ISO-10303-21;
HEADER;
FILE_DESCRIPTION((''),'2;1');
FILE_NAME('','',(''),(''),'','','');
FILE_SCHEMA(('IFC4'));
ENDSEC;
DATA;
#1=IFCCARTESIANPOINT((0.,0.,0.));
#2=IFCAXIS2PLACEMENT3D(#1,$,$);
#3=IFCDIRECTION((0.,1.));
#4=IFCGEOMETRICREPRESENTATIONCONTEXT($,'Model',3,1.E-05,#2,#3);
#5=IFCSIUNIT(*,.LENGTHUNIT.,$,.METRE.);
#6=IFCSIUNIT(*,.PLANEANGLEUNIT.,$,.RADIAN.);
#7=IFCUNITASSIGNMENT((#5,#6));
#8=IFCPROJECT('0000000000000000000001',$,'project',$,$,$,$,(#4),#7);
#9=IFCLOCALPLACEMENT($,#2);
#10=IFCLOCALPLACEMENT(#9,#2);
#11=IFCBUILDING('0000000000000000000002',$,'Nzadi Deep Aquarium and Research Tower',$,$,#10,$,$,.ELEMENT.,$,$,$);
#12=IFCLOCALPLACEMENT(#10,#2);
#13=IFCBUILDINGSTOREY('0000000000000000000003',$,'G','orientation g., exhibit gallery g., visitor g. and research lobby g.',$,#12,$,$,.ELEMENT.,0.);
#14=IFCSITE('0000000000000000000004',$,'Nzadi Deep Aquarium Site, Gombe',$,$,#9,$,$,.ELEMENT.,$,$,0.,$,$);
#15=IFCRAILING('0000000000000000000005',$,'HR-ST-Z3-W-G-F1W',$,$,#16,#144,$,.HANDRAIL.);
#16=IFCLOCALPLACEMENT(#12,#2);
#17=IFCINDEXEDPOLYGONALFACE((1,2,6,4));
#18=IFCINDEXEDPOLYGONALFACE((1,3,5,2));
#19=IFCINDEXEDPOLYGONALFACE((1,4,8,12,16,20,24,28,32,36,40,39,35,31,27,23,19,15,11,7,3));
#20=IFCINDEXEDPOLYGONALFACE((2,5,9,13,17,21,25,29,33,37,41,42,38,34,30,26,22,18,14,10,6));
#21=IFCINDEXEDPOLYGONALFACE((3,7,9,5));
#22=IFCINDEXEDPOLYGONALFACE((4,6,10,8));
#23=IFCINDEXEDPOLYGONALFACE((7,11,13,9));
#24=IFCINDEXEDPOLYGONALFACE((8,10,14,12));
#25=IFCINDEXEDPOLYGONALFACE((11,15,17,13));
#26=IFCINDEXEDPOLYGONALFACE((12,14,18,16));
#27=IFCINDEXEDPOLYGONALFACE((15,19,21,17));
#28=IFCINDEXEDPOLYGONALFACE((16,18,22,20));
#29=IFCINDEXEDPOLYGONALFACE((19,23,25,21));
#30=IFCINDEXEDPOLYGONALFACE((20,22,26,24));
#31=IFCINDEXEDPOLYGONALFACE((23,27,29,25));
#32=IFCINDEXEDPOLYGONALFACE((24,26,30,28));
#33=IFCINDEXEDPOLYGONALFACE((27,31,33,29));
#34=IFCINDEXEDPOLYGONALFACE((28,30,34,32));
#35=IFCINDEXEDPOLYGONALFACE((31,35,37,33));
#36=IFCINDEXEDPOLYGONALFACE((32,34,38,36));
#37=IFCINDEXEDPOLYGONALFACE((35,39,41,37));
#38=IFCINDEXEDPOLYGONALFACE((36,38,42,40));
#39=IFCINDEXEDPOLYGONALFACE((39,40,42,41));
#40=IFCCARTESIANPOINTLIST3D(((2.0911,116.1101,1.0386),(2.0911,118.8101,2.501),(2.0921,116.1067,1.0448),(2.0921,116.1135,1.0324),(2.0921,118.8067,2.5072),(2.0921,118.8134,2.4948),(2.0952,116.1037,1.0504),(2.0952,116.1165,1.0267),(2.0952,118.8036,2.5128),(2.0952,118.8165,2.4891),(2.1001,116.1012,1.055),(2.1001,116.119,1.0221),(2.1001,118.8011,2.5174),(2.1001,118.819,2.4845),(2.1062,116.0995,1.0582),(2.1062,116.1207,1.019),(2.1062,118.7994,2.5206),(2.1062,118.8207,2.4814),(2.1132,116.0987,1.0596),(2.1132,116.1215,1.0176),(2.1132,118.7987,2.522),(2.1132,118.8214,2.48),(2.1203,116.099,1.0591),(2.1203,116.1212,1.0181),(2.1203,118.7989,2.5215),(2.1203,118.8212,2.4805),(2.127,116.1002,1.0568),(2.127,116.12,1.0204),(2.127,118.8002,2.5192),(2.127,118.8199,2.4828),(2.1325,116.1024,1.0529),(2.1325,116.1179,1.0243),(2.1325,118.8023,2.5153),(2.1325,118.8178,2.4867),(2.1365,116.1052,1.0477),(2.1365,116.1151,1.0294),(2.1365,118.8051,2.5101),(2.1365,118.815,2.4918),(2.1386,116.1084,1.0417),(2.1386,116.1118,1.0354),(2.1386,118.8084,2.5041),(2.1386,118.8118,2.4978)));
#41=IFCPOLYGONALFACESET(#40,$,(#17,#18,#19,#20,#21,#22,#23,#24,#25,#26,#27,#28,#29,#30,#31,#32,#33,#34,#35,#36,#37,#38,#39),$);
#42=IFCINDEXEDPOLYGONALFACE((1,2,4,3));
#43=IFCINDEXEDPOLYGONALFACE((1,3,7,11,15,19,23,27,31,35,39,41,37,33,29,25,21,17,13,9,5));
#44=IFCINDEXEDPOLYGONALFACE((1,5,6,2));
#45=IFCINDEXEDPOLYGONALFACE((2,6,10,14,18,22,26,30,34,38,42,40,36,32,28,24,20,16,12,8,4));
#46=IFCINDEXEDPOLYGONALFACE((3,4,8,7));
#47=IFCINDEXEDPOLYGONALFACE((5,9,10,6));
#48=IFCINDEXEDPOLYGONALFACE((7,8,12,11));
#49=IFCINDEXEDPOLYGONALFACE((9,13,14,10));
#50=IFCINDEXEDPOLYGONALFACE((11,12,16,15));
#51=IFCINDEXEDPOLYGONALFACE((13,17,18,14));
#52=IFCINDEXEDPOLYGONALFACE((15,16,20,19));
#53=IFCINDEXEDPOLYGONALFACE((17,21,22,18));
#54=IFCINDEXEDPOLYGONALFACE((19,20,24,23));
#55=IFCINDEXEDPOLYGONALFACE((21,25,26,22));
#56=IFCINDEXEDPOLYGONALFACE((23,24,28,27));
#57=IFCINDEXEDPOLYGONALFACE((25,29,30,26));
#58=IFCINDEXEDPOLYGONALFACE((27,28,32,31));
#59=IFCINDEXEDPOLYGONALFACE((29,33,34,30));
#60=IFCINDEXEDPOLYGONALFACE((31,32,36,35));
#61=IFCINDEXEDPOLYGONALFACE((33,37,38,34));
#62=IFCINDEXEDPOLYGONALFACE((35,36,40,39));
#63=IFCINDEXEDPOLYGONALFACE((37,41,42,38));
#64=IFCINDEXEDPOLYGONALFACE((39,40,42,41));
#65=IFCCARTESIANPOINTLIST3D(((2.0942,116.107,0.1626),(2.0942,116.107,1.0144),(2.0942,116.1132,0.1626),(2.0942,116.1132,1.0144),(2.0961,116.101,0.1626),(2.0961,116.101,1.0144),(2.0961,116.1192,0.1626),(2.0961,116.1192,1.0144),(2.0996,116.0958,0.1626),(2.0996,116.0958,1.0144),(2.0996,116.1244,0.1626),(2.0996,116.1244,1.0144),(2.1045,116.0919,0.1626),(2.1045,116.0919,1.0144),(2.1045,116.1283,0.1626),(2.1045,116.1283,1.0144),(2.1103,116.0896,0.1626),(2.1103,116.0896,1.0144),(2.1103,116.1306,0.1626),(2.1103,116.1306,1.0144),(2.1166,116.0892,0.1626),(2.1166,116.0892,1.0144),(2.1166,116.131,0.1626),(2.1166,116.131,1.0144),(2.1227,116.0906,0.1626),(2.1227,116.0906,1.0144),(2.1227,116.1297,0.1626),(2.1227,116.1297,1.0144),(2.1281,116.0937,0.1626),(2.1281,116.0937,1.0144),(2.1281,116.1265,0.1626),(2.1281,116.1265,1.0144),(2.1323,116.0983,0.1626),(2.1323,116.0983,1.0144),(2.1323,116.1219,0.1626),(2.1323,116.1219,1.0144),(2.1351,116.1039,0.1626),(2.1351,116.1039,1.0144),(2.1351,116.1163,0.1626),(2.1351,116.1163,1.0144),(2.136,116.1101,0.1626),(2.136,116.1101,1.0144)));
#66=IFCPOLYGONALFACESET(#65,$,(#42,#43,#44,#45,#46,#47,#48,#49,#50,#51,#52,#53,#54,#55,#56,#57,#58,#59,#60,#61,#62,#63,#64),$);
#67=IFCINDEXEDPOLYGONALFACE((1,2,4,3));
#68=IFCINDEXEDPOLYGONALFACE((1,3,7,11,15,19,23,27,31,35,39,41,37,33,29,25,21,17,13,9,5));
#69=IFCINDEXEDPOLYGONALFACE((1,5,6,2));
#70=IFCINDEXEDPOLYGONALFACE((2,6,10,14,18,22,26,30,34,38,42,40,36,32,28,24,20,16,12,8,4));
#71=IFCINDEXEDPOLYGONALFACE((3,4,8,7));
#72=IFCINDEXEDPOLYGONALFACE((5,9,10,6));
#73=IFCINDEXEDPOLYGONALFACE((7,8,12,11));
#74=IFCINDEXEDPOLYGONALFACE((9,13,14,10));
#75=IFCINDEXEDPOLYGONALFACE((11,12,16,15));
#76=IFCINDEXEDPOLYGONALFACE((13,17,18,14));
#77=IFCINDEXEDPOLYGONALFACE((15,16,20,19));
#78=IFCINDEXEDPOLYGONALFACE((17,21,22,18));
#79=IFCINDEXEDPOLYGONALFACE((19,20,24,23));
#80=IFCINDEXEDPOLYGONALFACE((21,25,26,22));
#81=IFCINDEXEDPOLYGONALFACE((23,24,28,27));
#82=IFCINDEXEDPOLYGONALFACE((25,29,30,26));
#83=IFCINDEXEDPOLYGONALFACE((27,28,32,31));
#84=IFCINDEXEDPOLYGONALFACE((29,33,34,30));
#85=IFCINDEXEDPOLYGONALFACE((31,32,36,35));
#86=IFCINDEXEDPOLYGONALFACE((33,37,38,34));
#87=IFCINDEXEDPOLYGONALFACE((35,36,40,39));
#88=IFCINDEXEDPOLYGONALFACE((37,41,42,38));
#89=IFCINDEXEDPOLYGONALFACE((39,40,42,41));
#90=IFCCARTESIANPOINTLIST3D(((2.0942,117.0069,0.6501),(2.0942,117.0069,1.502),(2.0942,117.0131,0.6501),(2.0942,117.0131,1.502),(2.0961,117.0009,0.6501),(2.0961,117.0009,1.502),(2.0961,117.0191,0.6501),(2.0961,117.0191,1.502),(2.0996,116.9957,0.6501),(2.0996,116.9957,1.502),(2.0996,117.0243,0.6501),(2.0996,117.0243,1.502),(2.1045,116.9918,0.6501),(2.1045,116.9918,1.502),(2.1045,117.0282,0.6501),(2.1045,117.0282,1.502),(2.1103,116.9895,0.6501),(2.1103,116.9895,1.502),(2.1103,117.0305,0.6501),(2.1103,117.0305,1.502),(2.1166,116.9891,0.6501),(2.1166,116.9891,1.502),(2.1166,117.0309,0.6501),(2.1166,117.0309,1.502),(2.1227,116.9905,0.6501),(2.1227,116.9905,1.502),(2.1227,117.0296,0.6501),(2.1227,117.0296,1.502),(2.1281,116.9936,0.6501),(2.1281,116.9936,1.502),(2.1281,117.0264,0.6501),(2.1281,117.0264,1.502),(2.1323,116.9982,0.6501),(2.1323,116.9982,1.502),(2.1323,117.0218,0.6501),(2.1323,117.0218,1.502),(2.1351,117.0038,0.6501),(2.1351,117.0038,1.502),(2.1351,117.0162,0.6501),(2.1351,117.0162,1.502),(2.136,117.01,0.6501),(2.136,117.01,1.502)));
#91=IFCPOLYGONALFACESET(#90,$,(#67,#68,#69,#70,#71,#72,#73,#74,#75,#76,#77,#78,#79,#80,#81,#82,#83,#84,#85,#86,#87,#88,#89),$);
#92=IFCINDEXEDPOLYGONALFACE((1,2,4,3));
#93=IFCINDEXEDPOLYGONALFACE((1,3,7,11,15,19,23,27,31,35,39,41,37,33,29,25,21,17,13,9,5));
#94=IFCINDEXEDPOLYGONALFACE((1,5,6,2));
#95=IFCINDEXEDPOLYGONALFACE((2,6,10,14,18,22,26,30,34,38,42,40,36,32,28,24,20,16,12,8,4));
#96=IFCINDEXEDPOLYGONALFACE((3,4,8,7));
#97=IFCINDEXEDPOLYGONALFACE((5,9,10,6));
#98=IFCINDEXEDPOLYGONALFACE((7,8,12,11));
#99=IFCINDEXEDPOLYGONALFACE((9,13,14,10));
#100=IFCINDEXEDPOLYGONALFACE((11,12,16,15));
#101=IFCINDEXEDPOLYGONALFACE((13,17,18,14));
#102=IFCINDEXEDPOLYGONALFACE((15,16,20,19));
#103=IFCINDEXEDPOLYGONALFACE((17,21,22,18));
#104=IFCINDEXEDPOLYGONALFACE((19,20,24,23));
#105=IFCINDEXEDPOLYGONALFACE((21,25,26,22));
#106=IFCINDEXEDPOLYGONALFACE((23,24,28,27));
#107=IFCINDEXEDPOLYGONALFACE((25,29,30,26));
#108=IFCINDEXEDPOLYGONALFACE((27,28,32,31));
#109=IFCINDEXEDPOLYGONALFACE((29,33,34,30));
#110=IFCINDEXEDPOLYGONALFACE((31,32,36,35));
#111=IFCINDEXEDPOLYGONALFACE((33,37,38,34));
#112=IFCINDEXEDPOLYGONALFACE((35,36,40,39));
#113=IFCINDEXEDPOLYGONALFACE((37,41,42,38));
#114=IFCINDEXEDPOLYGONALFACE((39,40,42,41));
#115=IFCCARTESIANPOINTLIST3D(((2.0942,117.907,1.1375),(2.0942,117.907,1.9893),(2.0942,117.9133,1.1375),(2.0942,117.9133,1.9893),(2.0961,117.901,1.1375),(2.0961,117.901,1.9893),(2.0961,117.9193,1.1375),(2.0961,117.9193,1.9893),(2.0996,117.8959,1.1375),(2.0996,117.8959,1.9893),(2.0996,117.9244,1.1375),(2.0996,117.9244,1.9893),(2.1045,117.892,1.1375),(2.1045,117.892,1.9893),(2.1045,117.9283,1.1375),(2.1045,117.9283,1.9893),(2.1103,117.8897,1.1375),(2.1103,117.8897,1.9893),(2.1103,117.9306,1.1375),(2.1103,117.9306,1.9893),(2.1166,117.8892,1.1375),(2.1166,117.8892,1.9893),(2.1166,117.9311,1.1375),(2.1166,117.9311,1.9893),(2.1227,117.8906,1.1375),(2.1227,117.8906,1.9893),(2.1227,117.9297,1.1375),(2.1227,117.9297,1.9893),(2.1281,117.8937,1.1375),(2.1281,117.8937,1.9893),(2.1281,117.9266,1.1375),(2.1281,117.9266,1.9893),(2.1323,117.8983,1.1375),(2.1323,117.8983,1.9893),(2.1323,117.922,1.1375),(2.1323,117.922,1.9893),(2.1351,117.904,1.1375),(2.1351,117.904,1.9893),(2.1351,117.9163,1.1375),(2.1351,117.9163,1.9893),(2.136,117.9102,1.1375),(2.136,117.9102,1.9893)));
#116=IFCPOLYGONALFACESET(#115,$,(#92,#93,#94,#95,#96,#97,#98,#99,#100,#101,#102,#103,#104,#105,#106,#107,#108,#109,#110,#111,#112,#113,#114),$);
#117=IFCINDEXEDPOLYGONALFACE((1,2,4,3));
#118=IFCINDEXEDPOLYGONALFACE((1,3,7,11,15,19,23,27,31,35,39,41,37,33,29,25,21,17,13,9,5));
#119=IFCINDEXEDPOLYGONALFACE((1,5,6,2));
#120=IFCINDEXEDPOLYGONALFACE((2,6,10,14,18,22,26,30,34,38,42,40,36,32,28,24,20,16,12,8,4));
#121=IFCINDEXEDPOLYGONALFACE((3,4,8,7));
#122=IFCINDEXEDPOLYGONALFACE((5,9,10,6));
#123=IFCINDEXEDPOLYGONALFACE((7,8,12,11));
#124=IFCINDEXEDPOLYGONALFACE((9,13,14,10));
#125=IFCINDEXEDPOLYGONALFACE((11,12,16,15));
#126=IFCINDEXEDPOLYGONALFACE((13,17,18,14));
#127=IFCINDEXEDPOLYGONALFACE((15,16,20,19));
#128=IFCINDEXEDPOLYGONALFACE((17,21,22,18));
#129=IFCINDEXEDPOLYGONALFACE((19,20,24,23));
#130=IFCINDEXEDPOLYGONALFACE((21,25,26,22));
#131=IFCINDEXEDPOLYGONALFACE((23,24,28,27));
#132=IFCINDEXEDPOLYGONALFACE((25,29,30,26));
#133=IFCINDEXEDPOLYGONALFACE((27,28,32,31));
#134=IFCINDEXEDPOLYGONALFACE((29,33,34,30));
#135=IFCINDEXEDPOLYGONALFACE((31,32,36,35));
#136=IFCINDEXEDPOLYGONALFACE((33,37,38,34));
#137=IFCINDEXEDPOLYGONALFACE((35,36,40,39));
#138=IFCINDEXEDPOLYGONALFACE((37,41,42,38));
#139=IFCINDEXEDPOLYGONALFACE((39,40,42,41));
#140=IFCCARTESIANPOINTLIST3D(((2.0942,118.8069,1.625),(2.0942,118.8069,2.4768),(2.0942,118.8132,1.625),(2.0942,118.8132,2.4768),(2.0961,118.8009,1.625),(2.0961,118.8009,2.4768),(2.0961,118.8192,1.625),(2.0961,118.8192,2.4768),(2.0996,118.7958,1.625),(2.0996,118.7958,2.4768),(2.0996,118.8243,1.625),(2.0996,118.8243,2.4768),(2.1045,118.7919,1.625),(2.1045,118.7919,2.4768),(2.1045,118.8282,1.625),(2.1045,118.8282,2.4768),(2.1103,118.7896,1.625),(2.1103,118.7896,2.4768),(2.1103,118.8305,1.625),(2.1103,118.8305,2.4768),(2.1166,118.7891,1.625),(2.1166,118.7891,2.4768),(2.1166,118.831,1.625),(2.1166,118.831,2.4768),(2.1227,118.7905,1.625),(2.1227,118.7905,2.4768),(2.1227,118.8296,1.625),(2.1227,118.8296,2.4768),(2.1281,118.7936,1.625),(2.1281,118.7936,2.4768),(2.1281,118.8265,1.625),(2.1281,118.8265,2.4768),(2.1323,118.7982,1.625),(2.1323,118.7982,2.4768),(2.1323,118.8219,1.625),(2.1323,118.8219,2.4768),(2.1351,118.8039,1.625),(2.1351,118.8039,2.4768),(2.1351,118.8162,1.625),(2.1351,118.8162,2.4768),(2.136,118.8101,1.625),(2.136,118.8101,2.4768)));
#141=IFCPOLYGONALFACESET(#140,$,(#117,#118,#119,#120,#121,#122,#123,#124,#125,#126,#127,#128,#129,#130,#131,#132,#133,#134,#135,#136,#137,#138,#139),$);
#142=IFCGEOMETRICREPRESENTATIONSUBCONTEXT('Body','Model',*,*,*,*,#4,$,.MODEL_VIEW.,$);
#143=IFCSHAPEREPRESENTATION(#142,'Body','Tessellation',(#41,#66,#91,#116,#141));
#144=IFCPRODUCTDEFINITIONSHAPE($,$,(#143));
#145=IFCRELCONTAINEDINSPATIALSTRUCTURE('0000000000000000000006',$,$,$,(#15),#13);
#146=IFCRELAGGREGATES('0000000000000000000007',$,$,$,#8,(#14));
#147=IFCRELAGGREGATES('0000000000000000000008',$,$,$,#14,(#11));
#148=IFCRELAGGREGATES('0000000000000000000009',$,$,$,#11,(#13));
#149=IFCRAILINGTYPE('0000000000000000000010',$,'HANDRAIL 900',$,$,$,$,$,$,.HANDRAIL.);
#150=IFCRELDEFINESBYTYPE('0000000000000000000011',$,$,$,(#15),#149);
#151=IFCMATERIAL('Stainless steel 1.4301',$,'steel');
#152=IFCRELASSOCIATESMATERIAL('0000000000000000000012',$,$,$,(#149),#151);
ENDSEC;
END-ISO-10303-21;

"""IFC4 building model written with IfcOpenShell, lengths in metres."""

from ifc_helpers import new_model, si_unit, direction, frame, origin, origin_2d, place, context, subcontext, project, spatial, circle, extrude, material, type_object, element, save


model = new_model("IFC4")

# Units and contexts
model_context = context("Model", 3, precision=1e-05, world=origin(), true_north=direction((0.0, 1.0)))
body_context = subcontext(model_context, "Body", "Model", "MODEL_VIEW")
ifc_project = project(units=[si_unit("LENGTHUNIT", "METRE"), si_unit("PLANEANGLEUNIT", "RADIAN")], contexts=[model_context])

# Site, building, storey
site_placement = place(None, origin())
site = spatial("IfcSite", under=ifc_project, at=site_placement, Name="Nzadi Deep Aquarium Site, Gombe", CompositionType="ELEMENT", RefElevation=0.0)
building_placement = place(site_placement, origin())
building = spatial("IfcBuilding", under=site, at=building_placement, Name="Nzadi Deep Aquarium and Research Tower", CompositionType="ELEMENT")
storey_placement = place(building_placement, origin())
storey = spatial("IfcBuildingStorey", under=building, at=storey_placement, Name="G", Description="orientation g., exhibit gallery g., visitor g. and research lobby g.", CompositionType="ELEMENT", Elevation=0.0)

# Railing
ifc_material_1 = material(Name="Stainless steel 1.4301", Category="steel")
railing_type = type_object("IfcRailingType", Name="HANDRAIL 900", PredefinedType="HANDRAIL", material=ifc_material_1)
for number, where, name in (
    (1, (2.115, 116.1101, 0.1626), "HR-ST-Z3-W-G-F1W"),
):
    element("IfcRailing", number, at=place(storey_placement, frame(where)), inside=storey, type_object=railing_type, Name=name, PredefinedType="HANDRAIL", context=body_context, shape_type="SweptSolid", body=[
        extrude(circle(Radius=0.0239, at=origin_2d()), frame((0.0, 0.0, 0.876), z_axis=(0.0, 0.879302, 0.476265), x_axis=(-1.0, 0.0, 0.0)), (0.0, 0.0, 1.0), 3.0706),
        extrude(circle(Radius=0.021, at=origin_2d()), origin(), (0.0, 0.0, 1.0), 0.8518),
        extrude(circle(Radius=0.021, at=origin_2d()), frame((0.0, 0.8999, 0.4875)), (0.0, 0.0, 1.0), 0.8518),
        extrude(circle(Radius=0.021, at=origin_2d()), frame((0.0, 1.8, 0.9749)), (0.0, 0.0, 1.0), 0.8518),
        extrude(circle(Radius=0.021, at=origin_2d()), frame((0.0, 2.7, 1.4624)), (0.0, 0.0, 1.0), 0.8518),
    ])

save(model, "model.ifc")
